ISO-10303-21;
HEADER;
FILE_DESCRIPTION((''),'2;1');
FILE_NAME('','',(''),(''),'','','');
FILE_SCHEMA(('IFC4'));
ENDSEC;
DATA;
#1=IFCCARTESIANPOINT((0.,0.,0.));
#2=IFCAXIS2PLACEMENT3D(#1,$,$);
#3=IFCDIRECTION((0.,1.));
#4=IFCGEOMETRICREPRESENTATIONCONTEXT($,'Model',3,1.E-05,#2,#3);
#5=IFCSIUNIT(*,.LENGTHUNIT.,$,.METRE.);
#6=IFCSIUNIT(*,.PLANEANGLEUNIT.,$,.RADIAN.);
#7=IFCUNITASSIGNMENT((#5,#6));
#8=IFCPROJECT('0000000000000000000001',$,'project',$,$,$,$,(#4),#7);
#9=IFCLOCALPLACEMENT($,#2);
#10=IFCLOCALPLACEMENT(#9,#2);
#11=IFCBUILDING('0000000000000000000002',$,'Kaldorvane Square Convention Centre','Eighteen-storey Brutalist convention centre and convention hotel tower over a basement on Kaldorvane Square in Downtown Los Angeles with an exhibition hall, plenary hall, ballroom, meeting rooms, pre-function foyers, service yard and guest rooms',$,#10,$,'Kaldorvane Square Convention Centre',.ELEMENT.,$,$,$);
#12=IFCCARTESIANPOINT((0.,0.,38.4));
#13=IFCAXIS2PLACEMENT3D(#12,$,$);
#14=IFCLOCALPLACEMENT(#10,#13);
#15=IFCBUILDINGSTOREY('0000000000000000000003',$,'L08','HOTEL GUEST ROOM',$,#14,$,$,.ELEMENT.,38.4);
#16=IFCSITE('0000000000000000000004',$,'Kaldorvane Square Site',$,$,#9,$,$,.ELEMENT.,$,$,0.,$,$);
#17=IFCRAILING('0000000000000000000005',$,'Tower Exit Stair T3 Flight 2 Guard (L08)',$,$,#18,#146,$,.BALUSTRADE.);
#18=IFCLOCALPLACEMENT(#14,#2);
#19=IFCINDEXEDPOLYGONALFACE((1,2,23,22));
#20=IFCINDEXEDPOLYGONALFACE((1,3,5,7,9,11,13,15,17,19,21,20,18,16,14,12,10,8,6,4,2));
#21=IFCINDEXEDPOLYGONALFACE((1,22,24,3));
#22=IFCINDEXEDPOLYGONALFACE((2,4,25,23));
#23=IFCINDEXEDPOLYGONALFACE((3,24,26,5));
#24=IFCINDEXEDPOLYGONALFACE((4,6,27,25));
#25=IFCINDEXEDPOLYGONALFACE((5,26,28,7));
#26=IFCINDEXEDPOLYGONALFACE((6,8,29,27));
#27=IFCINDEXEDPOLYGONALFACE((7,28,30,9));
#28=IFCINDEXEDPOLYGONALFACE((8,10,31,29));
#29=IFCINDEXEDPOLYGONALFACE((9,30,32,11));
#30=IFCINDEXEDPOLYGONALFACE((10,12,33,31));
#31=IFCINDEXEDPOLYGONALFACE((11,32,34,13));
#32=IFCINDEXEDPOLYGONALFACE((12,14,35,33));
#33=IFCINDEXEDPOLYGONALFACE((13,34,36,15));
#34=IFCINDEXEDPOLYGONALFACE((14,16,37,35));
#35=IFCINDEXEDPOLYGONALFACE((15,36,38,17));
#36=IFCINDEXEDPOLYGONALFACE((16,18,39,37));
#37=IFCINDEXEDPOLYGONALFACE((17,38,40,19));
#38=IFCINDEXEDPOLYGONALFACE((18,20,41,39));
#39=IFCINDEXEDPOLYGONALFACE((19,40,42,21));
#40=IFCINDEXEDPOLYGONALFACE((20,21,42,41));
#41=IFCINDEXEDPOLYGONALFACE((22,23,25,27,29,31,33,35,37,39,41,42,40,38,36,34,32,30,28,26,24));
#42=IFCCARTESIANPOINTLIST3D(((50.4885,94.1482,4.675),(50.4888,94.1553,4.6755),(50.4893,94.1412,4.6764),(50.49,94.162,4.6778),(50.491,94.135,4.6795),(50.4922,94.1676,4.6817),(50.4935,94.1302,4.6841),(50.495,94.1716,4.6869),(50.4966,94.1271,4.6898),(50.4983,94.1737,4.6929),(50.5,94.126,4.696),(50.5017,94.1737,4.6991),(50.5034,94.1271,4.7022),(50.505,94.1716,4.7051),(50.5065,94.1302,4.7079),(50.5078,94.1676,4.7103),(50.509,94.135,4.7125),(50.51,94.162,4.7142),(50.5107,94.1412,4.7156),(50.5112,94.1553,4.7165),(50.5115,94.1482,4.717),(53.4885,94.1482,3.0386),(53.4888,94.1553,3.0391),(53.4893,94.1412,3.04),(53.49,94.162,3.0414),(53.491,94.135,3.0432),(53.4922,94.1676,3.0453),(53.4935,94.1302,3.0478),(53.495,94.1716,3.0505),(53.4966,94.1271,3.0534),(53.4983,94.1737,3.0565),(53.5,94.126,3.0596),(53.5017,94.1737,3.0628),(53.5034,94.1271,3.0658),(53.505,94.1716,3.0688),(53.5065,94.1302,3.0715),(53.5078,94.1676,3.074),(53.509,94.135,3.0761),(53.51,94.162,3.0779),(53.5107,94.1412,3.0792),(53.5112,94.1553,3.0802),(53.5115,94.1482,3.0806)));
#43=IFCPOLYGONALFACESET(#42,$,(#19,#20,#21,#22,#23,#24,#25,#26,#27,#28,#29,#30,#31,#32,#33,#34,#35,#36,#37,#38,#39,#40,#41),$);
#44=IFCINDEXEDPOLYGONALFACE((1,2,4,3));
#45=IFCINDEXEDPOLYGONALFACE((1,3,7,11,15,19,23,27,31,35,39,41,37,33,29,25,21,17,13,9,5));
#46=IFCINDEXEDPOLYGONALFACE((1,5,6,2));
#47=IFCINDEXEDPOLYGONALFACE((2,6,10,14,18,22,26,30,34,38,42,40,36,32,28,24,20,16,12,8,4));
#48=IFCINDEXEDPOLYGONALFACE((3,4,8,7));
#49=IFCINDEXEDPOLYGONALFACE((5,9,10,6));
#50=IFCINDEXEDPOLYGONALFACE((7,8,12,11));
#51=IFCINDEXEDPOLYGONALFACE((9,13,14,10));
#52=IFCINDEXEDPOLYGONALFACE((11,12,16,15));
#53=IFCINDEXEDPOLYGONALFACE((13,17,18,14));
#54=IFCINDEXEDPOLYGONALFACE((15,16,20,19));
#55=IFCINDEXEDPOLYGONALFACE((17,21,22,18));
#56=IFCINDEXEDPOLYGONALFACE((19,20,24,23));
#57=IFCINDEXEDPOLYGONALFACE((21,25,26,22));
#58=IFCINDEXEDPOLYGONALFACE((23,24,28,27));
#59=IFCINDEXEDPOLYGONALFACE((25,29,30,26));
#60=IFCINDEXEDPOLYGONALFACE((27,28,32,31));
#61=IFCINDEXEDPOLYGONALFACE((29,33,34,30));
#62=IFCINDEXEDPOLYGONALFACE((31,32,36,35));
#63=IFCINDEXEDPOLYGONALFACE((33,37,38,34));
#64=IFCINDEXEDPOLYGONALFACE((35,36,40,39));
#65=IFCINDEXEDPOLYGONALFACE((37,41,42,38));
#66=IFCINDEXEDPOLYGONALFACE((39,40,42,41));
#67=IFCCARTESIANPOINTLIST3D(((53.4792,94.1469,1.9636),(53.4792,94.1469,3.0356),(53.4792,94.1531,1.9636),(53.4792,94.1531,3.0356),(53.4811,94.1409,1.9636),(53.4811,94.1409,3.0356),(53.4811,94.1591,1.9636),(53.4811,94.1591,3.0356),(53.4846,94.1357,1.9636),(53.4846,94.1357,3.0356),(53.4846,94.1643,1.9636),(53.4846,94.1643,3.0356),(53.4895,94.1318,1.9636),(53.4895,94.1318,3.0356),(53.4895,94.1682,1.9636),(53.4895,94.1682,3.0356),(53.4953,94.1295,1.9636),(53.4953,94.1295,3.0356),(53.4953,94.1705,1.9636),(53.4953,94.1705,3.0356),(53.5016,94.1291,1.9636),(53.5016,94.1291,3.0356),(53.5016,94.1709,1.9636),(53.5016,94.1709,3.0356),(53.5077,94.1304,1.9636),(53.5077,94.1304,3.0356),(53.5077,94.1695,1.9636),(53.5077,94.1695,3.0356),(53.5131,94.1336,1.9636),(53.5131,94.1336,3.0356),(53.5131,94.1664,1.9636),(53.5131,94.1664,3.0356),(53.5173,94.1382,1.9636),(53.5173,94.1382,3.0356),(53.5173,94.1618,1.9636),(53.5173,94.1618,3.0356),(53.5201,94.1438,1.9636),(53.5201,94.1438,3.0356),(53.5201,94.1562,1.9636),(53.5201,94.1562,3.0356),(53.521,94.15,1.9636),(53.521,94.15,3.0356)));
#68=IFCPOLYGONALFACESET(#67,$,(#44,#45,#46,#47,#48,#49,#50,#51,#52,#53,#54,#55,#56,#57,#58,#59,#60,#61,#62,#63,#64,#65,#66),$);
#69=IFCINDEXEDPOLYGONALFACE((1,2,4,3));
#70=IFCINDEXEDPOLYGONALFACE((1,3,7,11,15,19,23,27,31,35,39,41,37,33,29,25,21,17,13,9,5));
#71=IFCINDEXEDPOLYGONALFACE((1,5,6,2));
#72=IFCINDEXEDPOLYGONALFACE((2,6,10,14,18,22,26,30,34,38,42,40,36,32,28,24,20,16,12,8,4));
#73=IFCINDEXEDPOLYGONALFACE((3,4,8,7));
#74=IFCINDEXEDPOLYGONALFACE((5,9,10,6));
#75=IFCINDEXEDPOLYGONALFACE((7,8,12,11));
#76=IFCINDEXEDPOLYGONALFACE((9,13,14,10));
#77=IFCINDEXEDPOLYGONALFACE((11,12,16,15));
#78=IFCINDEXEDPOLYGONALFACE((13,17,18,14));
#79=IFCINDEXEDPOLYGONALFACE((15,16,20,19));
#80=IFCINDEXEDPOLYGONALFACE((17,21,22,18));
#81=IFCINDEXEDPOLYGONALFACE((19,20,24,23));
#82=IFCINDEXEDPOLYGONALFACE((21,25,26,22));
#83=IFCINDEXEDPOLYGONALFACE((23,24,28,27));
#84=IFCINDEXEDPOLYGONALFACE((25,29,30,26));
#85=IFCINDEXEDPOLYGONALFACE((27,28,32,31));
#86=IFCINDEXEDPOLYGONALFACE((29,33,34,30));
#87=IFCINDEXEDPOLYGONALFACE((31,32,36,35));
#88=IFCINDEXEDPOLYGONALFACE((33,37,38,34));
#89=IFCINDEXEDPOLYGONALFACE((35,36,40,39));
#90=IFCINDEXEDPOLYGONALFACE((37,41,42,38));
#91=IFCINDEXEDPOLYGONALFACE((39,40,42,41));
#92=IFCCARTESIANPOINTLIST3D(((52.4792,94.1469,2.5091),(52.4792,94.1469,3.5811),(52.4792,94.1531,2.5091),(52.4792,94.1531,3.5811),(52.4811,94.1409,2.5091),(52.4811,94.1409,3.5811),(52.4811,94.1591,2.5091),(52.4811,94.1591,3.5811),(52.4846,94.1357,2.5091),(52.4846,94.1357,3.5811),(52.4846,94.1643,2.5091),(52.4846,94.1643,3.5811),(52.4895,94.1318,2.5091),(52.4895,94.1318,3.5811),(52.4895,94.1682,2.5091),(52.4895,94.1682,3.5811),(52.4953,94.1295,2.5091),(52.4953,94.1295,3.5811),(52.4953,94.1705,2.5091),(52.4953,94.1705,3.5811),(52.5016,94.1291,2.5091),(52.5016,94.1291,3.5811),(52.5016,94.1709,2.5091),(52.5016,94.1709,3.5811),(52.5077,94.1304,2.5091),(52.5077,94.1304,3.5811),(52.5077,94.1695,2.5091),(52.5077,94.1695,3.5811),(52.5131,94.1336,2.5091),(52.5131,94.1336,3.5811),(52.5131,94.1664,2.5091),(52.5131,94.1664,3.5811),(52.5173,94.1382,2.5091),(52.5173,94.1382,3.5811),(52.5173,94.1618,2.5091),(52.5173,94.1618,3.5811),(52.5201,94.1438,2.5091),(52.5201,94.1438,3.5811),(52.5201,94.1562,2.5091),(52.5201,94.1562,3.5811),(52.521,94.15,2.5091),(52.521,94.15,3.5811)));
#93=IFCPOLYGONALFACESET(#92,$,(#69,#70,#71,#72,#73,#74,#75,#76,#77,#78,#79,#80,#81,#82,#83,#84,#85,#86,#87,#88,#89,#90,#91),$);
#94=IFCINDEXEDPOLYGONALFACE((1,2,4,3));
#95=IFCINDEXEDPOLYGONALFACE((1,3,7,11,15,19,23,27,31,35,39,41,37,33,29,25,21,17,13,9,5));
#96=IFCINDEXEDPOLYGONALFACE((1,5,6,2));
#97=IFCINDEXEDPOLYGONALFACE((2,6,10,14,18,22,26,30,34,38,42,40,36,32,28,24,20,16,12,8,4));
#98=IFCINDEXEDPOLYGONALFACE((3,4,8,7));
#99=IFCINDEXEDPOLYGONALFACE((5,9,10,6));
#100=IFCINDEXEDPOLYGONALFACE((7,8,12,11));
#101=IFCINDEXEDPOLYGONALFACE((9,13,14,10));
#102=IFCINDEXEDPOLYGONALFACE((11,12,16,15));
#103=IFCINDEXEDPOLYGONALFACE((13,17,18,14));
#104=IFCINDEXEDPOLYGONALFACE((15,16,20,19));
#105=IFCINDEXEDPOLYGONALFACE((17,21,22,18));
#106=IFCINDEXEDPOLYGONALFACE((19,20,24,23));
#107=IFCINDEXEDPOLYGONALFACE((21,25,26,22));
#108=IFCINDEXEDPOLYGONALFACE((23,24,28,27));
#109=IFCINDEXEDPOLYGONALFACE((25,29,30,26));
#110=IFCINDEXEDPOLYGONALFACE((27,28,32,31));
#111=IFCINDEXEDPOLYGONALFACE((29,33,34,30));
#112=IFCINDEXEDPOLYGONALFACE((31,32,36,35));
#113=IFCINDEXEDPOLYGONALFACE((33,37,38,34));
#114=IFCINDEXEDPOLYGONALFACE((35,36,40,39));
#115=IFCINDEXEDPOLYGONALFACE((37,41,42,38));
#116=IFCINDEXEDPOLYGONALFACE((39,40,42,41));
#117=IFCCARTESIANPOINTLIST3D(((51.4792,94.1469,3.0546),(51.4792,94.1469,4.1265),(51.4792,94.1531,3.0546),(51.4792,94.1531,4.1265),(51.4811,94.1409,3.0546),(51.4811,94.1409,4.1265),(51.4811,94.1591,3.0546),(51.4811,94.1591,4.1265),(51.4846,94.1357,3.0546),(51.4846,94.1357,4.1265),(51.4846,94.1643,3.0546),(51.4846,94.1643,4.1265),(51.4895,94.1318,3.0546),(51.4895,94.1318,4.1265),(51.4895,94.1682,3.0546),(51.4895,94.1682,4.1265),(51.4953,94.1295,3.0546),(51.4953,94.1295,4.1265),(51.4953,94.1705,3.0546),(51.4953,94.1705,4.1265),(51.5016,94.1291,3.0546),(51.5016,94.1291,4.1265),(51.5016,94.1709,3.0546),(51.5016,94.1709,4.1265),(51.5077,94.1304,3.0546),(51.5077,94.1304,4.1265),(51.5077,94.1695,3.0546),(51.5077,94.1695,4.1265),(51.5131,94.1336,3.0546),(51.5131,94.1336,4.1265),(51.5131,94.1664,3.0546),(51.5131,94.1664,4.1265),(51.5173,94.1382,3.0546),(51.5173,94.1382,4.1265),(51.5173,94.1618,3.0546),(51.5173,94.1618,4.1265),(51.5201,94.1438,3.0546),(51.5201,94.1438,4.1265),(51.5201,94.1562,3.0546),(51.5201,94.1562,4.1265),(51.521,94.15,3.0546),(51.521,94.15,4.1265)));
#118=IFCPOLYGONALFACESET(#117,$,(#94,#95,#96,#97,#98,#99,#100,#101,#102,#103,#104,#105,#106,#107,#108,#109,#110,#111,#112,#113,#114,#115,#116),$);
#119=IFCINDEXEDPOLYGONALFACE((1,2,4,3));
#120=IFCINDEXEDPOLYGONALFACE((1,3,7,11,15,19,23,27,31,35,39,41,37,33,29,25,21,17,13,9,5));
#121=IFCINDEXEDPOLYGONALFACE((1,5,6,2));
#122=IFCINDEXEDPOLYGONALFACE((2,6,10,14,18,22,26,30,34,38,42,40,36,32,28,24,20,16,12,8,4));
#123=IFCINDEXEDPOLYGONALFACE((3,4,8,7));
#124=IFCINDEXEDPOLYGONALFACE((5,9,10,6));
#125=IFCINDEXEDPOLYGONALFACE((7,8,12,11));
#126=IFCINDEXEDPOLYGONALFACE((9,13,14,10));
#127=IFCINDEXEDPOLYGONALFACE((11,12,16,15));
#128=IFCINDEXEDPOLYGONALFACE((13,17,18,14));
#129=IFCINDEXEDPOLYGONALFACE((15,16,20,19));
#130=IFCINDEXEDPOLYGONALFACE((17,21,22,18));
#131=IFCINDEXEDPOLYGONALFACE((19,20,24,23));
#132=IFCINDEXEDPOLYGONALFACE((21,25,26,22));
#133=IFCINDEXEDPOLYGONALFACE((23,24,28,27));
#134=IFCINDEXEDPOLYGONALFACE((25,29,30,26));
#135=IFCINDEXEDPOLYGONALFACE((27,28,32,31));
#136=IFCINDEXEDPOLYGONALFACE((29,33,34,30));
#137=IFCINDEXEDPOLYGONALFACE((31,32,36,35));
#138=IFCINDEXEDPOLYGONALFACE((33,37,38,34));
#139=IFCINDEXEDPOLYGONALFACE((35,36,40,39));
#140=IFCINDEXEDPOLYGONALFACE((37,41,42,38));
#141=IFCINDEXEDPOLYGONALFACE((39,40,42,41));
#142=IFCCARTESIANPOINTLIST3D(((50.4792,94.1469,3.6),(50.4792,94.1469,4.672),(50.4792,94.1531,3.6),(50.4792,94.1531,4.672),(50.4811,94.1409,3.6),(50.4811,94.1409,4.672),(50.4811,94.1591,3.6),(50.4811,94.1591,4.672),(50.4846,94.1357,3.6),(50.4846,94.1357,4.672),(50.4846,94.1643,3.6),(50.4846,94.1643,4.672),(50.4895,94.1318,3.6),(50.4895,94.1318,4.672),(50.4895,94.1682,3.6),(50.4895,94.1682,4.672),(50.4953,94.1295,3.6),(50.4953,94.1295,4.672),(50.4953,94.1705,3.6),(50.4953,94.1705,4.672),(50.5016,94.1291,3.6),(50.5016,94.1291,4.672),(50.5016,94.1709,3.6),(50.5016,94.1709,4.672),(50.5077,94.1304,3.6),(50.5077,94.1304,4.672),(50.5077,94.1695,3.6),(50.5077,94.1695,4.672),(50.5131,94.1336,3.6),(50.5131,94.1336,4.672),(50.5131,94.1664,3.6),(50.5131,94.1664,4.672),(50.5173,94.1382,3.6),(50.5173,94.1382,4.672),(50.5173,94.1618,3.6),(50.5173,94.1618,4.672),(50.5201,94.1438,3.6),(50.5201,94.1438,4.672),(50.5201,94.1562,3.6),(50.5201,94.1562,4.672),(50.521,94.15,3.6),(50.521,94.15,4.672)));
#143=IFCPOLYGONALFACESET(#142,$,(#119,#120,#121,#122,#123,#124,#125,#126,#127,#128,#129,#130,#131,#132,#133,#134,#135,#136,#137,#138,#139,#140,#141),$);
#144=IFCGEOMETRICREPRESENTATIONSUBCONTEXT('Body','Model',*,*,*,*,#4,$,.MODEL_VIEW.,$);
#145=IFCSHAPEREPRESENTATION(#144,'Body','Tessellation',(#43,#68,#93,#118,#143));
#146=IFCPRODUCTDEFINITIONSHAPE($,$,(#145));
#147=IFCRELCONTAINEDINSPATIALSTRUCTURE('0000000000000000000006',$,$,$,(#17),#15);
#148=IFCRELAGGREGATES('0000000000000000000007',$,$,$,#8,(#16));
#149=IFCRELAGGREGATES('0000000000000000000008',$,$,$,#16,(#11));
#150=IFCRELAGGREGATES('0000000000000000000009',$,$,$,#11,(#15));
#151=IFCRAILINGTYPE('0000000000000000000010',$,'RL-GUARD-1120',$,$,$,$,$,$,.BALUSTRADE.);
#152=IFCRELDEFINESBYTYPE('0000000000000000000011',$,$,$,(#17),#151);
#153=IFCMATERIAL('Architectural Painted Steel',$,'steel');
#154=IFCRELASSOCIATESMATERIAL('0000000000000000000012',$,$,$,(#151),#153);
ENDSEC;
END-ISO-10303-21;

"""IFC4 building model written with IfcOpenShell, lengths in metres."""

from ifc_helpers import new_model, si_unit, direction, frame, origin, origin_2d, place, context, subcontext, project, spatial, circle, extrude, material, type_object, element, save


model = new_model("IFC4")

# Units and contexts
model_context = context("Model", 3, precision=1e-05, world=origin(), true_north=direction((0.0, 1.0)))
body_context = subcontext(model_context, "Body", "Model", "MODEL_VIEW")
ifc_project = project(units=[si_unit("LENGTHUNIT", "METRE"), si_unit("PLANEANGLEUNIT", "RADIAN")], contexts=[model_context])

# Site, building, storey
site_placement = place(None, origin())
site = spatial("IfcSite", under=ifc_project, at=site_placement, Name="Kaldorvane Square Site", CompositionType="ELEMENT", RefElevation=0.0)
building_placement = place(site_placement, origin())
building = spatial("IfcBuilding", under=site, at=building_placement, Name="Kaldorvane Square Convention Centre", Description="Eighteen-storey Brutalist convention centre and convention hotel tower over a basement on Kaldorvane Square in Downtown Los Angeles with an exhibition hall, plenary hall, ballroom, meeting rooms, pre-function foyers, service yard and guest rooms", LongName="Kaldorvane Square Convention Centre", CompositionType="ELEMENT")
storey_placement = place(building_placement, frame((0.0, 0.0, 38.4)))
storey = spatial("IfcBuildingStorey", under=building, at=storey_placement, Name="L08", Description="HOTEL GUEST ROOM", CompositionType="ELEMENT", Elevation=38.4)

# Railing
ifc_material_1 = material(Name="Architectural Painted Steel", Category="steel")
railing_type_1 = type_object("IfcRailingType", Name="RL-GUARD-1120", PredefinedType="BALUSTRADE", material=ifc_material_1)
railing_1_placement = place(storey_placement, frame((53.5, 94.15, 1.9636)))
element("IfcRailing", 1, at=railing_1_placement, inside=storey, type_object=railing_type_1, Name="Tower Exit Stair T3 Flight 2 Guard (L08)", PredefinedType="BALUSTRADE", context=body_context, shape_type="SweptSolid", body=[
    extrude(circle(Radius=0.024, at=origin_2d()), frame((0.0, 0.0, 1.096), z_axis=(-0.877895, 0.0, 0.478853), x_axis=(0.0, -1.0, 0.0)), (0.0, 0.0, 1.0), 3.4173),
    extrude(circle(Radius=0.021, at=origin_2d()), origin(), (0.0, 0.0, 1.0), 1.072),
    extrude(circle(Radius=0.021, at=origin_2d()), frame((-1.0, 0.0, 0.5455)), (0.0, 0.0, 1.0), 1.072),
    extrude(circle(Radius=0.021, at=origin_2d()), frame((-2.0, 0.0, 1.0909)), (0.0, 0.0, 1.0), 1.072),
    extrude(circle(Radius=0.021, at=origin_2d()), frame((-3.0, 0.0, 1.6364)), (0.0, 0.0, 1.0), 1.072),
])

save(model, "model.ifc")
